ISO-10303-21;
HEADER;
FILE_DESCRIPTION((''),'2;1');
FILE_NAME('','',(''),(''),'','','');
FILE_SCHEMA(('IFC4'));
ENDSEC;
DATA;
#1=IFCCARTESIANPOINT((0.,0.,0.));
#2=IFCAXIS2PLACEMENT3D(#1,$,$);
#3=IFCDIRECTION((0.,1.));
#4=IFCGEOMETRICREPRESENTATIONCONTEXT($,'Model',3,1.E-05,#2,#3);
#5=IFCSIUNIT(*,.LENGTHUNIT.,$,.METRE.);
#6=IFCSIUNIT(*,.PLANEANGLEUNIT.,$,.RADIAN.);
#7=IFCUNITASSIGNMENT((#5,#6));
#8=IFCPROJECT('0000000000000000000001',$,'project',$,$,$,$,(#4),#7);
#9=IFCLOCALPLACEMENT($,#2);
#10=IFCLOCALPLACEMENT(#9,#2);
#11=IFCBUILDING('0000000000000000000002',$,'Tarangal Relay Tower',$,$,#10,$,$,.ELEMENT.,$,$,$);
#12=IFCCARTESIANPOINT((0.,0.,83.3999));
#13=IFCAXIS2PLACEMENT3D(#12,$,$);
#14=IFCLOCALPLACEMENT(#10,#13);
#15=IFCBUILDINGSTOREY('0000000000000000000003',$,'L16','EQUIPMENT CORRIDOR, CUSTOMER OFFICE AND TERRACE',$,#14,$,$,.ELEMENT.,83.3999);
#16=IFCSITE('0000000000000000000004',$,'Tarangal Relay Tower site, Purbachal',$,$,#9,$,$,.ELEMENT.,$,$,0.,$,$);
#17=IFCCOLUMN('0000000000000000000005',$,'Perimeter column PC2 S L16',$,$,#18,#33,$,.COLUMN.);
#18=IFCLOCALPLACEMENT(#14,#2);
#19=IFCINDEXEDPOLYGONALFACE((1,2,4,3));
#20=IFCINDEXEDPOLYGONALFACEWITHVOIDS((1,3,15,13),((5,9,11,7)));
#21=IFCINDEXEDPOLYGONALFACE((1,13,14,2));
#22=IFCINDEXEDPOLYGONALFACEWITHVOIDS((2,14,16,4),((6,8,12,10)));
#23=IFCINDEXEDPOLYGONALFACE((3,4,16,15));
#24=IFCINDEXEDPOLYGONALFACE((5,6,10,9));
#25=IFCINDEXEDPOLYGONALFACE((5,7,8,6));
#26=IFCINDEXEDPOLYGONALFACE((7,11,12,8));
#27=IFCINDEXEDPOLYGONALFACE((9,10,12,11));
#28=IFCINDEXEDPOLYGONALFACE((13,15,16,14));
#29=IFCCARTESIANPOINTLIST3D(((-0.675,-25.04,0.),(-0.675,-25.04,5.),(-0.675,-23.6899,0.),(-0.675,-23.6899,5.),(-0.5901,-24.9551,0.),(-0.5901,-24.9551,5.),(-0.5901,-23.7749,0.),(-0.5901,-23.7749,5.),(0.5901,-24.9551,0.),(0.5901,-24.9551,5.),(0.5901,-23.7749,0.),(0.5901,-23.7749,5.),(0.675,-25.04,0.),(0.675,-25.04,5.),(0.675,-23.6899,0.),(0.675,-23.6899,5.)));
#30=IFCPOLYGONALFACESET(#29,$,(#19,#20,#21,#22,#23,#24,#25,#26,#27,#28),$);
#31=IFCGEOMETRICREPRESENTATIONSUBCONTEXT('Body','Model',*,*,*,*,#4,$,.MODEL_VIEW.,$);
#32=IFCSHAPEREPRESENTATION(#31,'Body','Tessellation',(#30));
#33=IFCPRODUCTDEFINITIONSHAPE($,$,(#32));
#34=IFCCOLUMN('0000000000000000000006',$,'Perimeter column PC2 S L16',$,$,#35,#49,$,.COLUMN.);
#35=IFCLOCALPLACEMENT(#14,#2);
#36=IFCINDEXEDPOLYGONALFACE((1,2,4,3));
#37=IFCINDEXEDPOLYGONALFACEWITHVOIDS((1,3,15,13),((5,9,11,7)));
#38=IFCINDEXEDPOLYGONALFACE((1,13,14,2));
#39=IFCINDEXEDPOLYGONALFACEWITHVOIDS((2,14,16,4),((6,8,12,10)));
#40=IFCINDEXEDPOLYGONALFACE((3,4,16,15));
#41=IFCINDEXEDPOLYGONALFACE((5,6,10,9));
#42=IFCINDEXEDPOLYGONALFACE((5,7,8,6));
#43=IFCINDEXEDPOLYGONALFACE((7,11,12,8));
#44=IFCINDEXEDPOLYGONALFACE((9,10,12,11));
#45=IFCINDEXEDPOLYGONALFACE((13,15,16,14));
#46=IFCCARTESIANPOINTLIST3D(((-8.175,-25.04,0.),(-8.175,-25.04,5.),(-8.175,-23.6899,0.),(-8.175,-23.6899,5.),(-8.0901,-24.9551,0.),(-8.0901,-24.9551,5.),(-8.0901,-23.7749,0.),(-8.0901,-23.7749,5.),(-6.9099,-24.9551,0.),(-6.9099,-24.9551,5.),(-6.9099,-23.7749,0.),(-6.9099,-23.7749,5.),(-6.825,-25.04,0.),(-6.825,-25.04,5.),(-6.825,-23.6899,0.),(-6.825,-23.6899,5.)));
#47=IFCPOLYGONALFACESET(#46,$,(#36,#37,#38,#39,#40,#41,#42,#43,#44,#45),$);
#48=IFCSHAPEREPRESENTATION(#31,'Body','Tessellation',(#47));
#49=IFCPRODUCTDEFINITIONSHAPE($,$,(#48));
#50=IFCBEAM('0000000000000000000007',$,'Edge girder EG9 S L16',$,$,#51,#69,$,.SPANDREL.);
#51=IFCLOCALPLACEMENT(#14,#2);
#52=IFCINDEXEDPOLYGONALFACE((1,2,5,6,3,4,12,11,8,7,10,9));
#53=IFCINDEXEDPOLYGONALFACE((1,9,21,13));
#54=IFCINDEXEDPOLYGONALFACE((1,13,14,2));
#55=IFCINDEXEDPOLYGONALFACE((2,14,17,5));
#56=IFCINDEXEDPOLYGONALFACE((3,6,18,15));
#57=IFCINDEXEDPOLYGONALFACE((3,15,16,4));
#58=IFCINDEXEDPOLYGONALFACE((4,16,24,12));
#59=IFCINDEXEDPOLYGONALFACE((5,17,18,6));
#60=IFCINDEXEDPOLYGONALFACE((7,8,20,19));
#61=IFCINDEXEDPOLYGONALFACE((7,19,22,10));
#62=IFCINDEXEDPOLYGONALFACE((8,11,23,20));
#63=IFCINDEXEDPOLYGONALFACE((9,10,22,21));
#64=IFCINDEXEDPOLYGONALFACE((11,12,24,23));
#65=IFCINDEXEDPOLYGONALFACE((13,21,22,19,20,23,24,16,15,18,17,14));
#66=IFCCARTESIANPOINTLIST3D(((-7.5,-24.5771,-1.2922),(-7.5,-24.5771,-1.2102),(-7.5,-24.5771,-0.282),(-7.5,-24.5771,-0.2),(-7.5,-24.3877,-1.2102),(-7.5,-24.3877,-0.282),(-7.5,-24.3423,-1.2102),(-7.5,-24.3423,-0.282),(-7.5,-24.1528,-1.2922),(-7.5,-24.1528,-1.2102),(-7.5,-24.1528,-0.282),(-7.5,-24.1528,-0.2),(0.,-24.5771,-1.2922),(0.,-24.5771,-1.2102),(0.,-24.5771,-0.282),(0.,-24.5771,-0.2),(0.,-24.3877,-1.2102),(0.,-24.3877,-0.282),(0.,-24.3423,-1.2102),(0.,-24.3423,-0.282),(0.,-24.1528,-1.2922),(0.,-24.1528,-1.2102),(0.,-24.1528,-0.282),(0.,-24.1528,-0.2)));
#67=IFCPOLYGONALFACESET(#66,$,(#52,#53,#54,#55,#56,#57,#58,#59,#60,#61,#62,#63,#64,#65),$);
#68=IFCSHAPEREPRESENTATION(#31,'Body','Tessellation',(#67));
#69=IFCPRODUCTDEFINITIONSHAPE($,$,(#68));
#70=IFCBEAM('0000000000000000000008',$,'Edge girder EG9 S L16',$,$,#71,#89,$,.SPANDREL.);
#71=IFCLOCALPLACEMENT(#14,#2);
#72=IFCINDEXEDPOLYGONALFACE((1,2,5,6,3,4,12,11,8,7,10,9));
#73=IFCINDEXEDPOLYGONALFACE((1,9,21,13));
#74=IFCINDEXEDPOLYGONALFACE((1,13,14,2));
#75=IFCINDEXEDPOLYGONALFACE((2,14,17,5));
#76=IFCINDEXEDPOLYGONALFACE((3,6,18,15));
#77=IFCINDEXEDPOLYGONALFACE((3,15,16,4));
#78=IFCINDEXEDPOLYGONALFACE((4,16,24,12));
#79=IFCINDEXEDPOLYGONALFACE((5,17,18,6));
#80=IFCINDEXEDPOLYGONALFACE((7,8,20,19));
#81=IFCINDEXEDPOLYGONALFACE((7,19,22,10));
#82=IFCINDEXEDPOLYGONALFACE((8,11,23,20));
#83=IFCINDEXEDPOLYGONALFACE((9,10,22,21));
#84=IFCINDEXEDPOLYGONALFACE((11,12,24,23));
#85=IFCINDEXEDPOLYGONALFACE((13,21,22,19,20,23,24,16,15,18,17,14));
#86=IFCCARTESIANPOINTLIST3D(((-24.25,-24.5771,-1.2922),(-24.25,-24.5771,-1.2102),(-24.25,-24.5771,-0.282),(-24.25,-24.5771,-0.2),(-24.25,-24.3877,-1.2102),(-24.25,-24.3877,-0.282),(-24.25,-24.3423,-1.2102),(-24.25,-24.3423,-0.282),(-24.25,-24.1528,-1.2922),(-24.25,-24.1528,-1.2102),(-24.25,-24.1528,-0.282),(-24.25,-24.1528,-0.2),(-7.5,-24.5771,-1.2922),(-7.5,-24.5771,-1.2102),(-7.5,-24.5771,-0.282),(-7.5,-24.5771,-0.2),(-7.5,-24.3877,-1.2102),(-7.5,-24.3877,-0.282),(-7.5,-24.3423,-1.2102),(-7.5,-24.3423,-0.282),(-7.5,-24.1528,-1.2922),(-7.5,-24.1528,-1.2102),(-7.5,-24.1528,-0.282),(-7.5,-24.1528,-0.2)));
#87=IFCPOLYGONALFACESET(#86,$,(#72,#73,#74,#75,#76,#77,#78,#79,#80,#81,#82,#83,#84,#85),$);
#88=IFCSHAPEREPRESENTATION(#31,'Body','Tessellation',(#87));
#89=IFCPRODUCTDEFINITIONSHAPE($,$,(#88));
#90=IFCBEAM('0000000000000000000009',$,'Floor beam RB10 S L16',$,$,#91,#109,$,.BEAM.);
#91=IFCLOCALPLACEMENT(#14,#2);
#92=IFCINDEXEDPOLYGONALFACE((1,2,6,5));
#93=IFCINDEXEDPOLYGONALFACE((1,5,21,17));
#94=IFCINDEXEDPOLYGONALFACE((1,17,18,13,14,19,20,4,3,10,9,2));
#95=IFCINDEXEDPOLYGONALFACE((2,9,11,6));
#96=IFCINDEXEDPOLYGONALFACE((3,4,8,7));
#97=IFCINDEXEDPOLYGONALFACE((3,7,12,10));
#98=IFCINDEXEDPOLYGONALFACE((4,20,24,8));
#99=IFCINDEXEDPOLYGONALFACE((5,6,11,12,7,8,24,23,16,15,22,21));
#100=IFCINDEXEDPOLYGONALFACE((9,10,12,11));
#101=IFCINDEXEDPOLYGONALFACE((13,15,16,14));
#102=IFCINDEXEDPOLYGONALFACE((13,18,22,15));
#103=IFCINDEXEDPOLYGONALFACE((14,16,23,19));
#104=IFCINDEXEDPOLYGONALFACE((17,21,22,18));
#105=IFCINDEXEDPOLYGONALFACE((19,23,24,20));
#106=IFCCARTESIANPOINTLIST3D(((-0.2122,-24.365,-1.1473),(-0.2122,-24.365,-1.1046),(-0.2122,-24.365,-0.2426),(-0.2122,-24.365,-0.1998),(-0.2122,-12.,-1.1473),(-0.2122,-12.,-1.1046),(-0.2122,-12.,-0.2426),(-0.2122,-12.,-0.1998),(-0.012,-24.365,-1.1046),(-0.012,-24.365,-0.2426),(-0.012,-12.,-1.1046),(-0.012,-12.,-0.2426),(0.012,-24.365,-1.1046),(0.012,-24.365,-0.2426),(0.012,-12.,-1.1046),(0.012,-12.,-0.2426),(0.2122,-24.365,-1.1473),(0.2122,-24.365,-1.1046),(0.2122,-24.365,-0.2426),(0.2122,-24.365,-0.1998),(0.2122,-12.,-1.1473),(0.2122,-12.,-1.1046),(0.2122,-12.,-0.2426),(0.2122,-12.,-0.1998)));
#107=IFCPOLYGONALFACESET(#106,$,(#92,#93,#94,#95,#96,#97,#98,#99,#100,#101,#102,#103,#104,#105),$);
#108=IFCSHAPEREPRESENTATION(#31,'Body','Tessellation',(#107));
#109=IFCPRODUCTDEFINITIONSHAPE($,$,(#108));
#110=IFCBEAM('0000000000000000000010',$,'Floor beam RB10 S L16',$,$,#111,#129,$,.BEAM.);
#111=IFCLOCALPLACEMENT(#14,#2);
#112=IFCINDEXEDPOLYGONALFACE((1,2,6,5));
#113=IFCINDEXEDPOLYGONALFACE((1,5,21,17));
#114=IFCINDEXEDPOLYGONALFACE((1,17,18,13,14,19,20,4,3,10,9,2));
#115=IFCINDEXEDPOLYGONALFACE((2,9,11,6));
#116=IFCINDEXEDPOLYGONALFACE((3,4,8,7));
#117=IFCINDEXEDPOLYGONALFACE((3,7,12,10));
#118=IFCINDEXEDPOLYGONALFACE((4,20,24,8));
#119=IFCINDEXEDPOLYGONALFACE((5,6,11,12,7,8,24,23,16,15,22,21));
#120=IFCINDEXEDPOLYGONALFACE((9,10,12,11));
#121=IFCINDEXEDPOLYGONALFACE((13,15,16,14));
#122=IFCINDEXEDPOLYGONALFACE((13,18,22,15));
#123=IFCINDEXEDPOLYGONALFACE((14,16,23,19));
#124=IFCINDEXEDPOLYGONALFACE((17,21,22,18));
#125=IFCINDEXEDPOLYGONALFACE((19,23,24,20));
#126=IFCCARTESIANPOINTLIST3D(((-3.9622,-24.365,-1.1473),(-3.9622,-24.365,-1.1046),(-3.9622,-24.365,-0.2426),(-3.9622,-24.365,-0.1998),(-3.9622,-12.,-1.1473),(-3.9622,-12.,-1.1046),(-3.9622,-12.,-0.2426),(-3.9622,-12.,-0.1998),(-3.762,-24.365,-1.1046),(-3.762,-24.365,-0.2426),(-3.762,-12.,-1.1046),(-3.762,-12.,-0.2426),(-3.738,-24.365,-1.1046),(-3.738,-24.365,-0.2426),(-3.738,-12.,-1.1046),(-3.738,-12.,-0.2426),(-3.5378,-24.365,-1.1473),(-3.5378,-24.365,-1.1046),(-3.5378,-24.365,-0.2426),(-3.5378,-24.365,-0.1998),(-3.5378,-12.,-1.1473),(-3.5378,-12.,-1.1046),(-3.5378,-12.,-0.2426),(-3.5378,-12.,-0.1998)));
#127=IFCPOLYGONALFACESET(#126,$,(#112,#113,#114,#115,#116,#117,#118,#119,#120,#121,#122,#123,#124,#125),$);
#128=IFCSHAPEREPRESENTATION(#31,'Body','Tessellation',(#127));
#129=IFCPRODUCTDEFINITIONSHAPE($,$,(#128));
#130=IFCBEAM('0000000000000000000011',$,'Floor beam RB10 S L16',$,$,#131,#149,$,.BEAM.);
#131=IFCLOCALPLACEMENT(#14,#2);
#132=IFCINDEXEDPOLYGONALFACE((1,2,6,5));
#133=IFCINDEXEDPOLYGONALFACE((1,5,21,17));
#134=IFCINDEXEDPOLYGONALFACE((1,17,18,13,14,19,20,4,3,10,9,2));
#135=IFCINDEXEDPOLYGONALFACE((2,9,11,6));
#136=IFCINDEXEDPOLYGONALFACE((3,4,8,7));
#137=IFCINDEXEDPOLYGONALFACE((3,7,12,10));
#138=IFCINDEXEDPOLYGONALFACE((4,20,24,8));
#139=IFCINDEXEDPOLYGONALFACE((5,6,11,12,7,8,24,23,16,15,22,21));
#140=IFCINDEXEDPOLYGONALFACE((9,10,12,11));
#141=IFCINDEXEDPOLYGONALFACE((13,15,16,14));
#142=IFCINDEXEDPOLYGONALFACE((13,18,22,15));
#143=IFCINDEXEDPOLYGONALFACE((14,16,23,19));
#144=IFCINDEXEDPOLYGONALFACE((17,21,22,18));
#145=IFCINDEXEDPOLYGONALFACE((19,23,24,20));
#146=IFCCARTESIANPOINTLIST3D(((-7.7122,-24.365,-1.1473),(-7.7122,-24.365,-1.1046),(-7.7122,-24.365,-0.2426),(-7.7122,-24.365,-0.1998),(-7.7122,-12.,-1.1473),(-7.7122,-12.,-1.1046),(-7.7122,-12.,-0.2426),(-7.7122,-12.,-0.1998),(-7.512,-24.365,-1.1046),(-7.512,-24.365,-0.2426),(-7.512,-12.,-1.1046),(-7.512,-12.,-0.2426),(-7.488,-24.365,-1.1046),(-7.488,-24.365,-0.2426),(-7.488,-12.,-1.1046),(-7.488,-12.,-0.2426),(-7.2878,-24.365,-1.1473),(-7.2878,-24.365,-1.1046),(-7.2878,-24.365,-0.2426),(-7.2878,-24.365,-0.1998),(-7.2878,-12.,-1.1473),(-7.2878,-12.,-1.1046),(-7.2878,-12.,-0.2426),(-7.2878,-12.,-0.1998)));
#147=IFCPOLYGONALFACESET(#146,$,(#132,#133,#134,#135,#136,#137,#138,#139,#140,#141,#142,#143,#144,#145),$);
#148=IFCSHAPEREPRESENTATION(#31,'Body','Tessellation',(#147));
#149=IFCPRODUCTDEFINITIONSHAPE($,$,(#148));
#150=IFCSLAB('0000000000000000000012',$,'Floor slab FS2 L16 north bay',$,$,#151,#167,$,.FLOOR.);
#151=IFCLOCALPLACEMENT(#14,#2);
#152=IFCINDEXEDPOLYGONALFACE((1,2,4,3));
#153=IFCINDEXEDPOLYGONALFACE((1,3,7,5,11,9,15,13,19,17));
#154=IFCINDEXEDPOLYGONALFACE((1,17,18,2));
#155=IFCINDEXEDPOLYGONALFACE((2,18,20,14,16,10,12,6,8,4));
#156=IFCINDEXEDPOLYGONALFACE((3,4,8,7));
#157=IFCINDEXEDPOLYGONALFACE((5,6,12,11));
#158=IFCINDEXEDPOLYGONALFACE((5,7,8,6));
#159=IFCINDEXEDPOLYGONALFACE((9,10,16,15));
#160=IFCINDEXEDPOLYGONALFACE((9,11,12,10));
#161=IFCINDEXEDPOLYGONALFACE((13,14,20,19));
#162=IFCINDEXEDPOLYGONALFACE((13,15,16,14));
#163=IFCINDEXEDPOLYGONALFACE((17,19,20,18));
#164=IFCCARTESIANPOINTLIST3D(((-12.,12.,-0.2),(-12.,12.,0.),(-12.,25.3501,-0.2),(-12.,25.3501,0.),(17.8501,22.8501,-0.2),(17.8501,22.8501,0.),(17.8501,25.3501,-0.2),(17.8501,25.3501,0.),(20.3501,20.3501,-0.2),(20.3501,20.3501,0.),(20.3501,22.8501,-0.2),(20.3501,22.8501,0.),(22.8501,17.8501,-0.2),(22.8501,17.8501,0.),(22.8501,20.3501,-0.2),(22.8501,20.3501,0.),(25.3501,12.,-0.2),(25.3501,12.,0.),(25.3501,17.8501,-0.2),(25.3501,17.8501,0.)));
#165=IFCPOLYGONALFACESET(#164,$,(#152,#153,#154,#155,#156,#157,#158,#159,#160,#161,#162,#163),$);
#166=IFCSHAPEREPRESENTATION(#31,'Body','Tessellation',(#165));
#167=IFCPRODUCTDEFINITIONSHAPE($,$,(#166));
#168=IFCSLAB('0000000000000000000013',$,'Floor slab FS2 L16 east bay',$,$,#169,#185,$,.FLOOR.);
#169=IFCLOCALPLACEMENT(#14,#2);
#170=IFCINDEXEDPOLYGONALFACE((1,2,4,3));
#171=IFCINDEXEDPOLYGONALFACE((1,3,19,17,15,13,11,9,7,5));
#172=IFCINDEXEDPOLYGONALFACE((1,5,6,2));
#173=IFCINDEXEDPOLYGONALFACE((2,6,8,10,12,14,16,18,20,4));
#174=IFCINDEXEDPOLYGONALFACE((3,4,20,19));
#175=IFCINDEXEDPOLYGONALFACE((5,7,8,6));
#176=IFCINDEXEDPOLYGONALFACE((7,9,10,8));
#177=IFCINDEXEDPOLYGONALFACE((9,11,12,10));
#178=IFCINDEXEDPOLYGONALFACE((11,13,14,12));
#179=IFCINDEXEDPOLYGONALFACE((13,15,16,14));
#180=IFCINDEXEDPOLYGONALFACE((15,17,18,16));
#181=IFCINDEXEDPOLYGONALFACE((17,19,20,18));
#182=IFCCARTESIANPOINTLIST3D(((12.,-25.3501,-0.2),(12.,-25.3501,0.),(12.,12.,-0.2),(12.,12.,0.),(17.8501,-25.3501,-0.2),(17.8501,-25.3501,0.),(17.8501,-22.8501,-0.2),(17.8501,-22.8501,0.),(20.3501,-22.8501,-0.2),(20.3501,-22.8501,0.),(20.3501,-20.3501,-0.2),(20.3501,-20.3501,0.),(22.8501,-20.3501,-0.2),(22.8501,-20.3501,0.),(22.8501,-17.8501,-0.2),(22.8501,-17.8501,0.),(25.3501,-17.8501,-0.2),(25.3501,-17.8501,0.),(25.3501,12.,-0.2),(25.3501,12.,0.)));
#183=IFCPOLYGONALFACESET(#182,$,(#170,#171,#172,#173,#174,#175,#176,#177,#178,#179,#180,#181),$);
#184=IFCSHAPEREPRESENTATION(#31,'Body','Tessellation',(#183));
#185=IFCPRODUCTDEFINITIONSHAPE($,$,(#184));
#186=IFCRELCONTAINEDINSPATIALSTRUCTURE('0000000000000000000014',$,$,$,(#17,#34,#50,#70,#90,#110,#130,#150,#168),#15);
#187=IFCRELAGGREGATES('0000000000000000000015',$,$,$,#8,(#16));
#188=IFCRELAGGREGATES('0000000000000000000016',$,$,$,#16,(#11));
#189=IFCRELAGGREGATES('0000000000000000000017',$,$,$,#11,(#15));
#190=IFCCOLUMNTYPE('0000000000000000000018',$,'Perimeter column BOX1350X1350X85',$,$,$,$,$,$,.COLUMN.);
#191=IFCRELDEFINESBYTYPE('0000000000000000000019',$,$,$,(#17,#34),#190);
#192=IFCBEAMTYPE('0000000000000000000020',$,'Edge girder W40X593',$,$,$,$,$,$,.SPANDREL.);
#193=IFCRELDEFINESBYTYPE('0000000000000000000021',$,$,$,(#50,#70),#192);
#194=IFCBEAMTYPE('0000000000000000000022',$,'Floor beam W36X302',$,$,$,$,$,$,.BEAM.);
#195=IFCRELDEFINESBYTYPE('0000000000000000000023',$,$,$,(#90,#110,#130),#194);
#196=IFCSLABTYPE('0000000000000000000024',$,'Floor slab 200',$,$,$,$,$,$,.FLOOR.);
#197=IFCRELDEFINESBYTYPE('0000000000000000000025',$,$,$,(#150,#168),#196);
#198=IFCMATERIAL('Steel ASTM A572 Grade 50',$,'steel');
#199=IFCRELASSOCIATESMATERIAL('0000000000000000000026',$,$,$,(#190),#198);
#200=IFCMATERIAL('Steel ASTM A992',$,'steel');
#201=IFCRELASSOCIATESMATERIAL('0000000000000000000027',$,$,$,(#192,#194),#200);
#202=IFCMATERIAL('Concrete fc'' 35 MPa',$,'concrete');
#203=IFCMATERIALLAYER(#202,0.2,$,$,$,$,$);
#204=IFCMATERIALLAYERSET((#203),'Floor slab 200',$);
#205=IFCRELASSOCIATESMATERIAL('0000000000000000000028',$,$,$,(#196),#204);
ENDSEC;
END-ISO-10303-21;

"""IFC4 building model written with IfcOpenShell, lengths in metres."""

from ifc_helpers import new_model, si_unit, direction, frame, origin, origin_2d, place, context, subcontext, project, spatial, polyline, hollow_rectangle, i_section, outline, extrude, material, layer, layer_set, material_profile, profile_set, type_object, element, save


model = new_model("IFC4")

# Units and contexts
model_context = context("Model", 3, precision=1e-05, world=origin(), true_north=direction((0.0, 1.0)))
body_context = subcontext(model_context, "Body", "Model", "MODEL_VIEW")
ifc_project = project(units=[si_unit("LENGTHUNIT", "METRE"), si_unit("PLANEANGLEUNIT", "RADIAN")], contexts=[model_context])

# Site, building, storey
site_placement = place(None, origin())
site = spatial("IfcSite", under=ifc_project, at=site_placement, Name="Tarangal Relay Tower site, Purbachal", CompositionType="ELEMENT", RefElevation=0.0)
building_placement = place(site_placement, origin())
building = spatial("IfcBuilding", under=site, at=building_placement, Name="Tarangal Relay Tower", CompositionType="ELEMENT")
storey_placement = place(building_placement, frame((0.0, 0.0, 83.3999)))
storey = spatial("IfcBuildingStorey", under=building, at=storey_placement, Name="L16", Description="EQUIPMENT CORRIDOR, CUSTOMER OFFICE AND TERRACE", CompositionType="ELEMENT", Elevation=83.3999)

# Columns
ifc_material_1 = material(Name="Steel ASTM A572 Grade 50", Category="steel")
ifc_material_profile_1 = material_profile(ifc_material_1, hollow_rectangle(XDim=1.3501, YDim=1.3501, WallThickness=0.085, at=origin_2d()), Name="BOX1350X1350X85")
ifc_profile_set_1 = profile_set([ifc_material_profile_1], Name="Steel ASTM A572 Grade 50")
column_type = type_object("IfcColumnType", Name="Perimeter column BOX1350X1350X85", PredefinedType="COLUMN", material=ifc_profile_set_1)
for number, where, z_axis, x_axis, name in (
    (1, (0.0, -24.365, 0.0), (0.0, 0.0, 1.0), (1.0, 0.0, 0.0), "Perimeter column PC2 S L16"),
    (2, (-7.5, -24.365, 0.0), (0.0, 0.0, 1.0), (1.0, 0.0, 0.0), "Perimeter column PC2 S L16"),
):
    element("IfcColumn", number, at=place(storey_placement, frame(where, z_axis=z_axis, x_axis=x_axis)), inside=storey, type_object=column_type, Name=name, PredefinedType="COLUMN", context=body_context, shape_type="SweptSolid", body=[
        extrude(hollow_rectangle(XDim=1.3501, YDim=1.3501, WallThickness=0.085, at=origin_2d()), origin(), (0.0, 0.0, 1.0), 5.0),
    ])

# Beams
ifc_material_2 = material(Name="Steel ASTM A992", Category="steel")
ifc_material_profile_2 = material_profile(ifc_material_2, i_section(OverallWidth=0.4243, OverallDepth=1.0923, WebThickness=0.0454, FlangeThickness=0.082, at=origin_2d()), Name="W40X593")
ifc_profile_set_2 = profile_set([ifc_material_profile_2], Name="Steel ASTM A992")
beam_type_1 = type_object("IfcBeamType", Name="Edge girder W40X593", PredefinedType="SPANDREL", material=ifc_profile_set_2)
beam_1_placement = place(storey_placement, frame((0.0, -24.365, -0.7461), z_axis=(-1.0, 0.0, 0.0), x_axis=(0.0, -1.0, 0.0)))
element("IfcBeam", 3, at=beam_1_placement, inside=storey, type_object=beam_type_1, Name="Edge girder EG9 S L16", PredefinedType="SPANDREL", context=body_context, shape_type="SweptSolid", body=[
    extrude(i_section(OverallWidth=0.4243, OverallDepth=1.0923, WebThickness=0.0454, FlangeThickness=0.082, at=origin_2d()), origin(), (0.0, 0.0, 1.0), 7.5),
])
beam_2_placement = place(storey_placement, frame((-7.5, -24.365, -0.7461), z_axis=(-1.0, 0.0, 0.0), x_axis=(0.0, -1.0, 0.0)))
element("IfcBeam", 4, at=beam_2_placement, inside=storey, type_object=beam_type_1, Name="Edge girder EG9 S L16", PredefinedType="SPANDREL", context=body_context, shape_type="SweptSolid", body=[
    extrude(i_section(OverallWidth=0.4243, OverallDepth=1.0923, WebThickness=0.0454, FlangeThickness=0.082, at=origin_2d()), origin(), (0.0, 0.0, 1.0), 16.75),
])
ifc_material_profile_3 = material_profile(ifc_material_2, i_section(OverallWidth=0.4243, OverallDepth=0.9475, WebThickness=0.0239, FlangeThickness=0.0427, at=origin_2d()), Name="W36X302")
ifc_profile_set_3 = profile_set([ifc_material_profile_3], Name="Steel ASTM A992")
beam_type_2 = type_object("IfcBeamType", Name="Floor beam W36X302", PredefinedType="BEAM", material=ifc_profile_set_3)
for number, where, z_axis, x_axis, name in (
    (5, (0.0, -12.0, -0.6736), (0.0, -1.0, 0.0), (1.0, 0.0, 0.0), "Floor beam RB10 S L16"),
    (6, (-3.75, -12.0, -0.6736), (0.0, -1.0, 0.0), (1.0, 0.0, 0.0), "Floor beam RB10 S L16"),
    (7, (-7.5, -12.0, -0.6736), (0.0, -1.0, 0.0), (1.0, 0.0, 0.0), "Floor beam RB10 S L16"),
):
    element("IfcBeam", number, at=place(storey_placement, frame(where, z_axis=z_axis, x_axis=x_axis)), inside=storey, type_object=beam_type_2, Name=name, PredefinedType="BEAM", context=body_context, shape_type="SweptSolid", body=[
        extrude(i_section(OverallWidth=0.4243, OverallDepth=0.9475, WebThickness=0.0239, FlangeThickness=0.0427, at=origin_2d()), origin(), (0.0, 0.0, 1.0), 12.365),
    ])

# Slabs
ifc_material_3 = material(Name="Concrete fc' 35 MPa", Category="concrete")
ifc_layer_1 = layer(ifc_material_3, 0.2)
ifc_layer_set_1 = layer_set([ifc_layer_1], Name="Floor slab 200")
slab_type_1 = type_object("IfcSlabType", Name="Floor slab 200", PredefinedType="FLOOR", material=ifc_layer_set_1)
slab_1_placement = place(storey_placement, frame((0.0, 0.0, -0.2)))
element("IfcSlab", 8, at=slab_1_placement, inside=storey, type_object=slab_type_1, Name="Floor slab FS2 L16 north bay", PredefinedType="FLOOR", context=body_context, shape_type="SweptSolid", body=[
    extrude(outline(polyline([(17.8501, 25.3501), (17.8501, 22.8501), (20.3501, 22.8501), (20.3501, 20.3501), (22.8501, 20.3501), (22.8501, 17.8501), (25.3501, 17.8501), (25.3501, 12.0), (-12.0, 12.0), (-12.0, 25.3501), (17.8501, 25.3501)])), origin(), (0.0, 0.0, 1.0), 0.2),
])
slab_2_placement = place(storey_placement, frame((0.0, 0.0, -0.2)))
element("IfcSlab", 9, at=slab_2_placement, inside=storey, type_object=slab_type_1, Name="Floor slab FS2 L16 east bay", PredefinedType="FLOOR", context=body_context, shape_type="SweptSolid", body=[
    extrude(outline(polyline([(25.3501, -17.8501), (22.8501, -17.8501), (22.8501, -20.3501), (20.3501, -20.3501), (20.3501, -22.8501), (17.8501, -22.8501), (17.8501, -25.3501), (12.0, -25.3501), (12.0, 12.0), (25.3501, 12.0), (25.3501, -17.8501)])), origin(), (0.0, 0.0, 1.0), 0.2),
])

save(model, "model.ifc")
